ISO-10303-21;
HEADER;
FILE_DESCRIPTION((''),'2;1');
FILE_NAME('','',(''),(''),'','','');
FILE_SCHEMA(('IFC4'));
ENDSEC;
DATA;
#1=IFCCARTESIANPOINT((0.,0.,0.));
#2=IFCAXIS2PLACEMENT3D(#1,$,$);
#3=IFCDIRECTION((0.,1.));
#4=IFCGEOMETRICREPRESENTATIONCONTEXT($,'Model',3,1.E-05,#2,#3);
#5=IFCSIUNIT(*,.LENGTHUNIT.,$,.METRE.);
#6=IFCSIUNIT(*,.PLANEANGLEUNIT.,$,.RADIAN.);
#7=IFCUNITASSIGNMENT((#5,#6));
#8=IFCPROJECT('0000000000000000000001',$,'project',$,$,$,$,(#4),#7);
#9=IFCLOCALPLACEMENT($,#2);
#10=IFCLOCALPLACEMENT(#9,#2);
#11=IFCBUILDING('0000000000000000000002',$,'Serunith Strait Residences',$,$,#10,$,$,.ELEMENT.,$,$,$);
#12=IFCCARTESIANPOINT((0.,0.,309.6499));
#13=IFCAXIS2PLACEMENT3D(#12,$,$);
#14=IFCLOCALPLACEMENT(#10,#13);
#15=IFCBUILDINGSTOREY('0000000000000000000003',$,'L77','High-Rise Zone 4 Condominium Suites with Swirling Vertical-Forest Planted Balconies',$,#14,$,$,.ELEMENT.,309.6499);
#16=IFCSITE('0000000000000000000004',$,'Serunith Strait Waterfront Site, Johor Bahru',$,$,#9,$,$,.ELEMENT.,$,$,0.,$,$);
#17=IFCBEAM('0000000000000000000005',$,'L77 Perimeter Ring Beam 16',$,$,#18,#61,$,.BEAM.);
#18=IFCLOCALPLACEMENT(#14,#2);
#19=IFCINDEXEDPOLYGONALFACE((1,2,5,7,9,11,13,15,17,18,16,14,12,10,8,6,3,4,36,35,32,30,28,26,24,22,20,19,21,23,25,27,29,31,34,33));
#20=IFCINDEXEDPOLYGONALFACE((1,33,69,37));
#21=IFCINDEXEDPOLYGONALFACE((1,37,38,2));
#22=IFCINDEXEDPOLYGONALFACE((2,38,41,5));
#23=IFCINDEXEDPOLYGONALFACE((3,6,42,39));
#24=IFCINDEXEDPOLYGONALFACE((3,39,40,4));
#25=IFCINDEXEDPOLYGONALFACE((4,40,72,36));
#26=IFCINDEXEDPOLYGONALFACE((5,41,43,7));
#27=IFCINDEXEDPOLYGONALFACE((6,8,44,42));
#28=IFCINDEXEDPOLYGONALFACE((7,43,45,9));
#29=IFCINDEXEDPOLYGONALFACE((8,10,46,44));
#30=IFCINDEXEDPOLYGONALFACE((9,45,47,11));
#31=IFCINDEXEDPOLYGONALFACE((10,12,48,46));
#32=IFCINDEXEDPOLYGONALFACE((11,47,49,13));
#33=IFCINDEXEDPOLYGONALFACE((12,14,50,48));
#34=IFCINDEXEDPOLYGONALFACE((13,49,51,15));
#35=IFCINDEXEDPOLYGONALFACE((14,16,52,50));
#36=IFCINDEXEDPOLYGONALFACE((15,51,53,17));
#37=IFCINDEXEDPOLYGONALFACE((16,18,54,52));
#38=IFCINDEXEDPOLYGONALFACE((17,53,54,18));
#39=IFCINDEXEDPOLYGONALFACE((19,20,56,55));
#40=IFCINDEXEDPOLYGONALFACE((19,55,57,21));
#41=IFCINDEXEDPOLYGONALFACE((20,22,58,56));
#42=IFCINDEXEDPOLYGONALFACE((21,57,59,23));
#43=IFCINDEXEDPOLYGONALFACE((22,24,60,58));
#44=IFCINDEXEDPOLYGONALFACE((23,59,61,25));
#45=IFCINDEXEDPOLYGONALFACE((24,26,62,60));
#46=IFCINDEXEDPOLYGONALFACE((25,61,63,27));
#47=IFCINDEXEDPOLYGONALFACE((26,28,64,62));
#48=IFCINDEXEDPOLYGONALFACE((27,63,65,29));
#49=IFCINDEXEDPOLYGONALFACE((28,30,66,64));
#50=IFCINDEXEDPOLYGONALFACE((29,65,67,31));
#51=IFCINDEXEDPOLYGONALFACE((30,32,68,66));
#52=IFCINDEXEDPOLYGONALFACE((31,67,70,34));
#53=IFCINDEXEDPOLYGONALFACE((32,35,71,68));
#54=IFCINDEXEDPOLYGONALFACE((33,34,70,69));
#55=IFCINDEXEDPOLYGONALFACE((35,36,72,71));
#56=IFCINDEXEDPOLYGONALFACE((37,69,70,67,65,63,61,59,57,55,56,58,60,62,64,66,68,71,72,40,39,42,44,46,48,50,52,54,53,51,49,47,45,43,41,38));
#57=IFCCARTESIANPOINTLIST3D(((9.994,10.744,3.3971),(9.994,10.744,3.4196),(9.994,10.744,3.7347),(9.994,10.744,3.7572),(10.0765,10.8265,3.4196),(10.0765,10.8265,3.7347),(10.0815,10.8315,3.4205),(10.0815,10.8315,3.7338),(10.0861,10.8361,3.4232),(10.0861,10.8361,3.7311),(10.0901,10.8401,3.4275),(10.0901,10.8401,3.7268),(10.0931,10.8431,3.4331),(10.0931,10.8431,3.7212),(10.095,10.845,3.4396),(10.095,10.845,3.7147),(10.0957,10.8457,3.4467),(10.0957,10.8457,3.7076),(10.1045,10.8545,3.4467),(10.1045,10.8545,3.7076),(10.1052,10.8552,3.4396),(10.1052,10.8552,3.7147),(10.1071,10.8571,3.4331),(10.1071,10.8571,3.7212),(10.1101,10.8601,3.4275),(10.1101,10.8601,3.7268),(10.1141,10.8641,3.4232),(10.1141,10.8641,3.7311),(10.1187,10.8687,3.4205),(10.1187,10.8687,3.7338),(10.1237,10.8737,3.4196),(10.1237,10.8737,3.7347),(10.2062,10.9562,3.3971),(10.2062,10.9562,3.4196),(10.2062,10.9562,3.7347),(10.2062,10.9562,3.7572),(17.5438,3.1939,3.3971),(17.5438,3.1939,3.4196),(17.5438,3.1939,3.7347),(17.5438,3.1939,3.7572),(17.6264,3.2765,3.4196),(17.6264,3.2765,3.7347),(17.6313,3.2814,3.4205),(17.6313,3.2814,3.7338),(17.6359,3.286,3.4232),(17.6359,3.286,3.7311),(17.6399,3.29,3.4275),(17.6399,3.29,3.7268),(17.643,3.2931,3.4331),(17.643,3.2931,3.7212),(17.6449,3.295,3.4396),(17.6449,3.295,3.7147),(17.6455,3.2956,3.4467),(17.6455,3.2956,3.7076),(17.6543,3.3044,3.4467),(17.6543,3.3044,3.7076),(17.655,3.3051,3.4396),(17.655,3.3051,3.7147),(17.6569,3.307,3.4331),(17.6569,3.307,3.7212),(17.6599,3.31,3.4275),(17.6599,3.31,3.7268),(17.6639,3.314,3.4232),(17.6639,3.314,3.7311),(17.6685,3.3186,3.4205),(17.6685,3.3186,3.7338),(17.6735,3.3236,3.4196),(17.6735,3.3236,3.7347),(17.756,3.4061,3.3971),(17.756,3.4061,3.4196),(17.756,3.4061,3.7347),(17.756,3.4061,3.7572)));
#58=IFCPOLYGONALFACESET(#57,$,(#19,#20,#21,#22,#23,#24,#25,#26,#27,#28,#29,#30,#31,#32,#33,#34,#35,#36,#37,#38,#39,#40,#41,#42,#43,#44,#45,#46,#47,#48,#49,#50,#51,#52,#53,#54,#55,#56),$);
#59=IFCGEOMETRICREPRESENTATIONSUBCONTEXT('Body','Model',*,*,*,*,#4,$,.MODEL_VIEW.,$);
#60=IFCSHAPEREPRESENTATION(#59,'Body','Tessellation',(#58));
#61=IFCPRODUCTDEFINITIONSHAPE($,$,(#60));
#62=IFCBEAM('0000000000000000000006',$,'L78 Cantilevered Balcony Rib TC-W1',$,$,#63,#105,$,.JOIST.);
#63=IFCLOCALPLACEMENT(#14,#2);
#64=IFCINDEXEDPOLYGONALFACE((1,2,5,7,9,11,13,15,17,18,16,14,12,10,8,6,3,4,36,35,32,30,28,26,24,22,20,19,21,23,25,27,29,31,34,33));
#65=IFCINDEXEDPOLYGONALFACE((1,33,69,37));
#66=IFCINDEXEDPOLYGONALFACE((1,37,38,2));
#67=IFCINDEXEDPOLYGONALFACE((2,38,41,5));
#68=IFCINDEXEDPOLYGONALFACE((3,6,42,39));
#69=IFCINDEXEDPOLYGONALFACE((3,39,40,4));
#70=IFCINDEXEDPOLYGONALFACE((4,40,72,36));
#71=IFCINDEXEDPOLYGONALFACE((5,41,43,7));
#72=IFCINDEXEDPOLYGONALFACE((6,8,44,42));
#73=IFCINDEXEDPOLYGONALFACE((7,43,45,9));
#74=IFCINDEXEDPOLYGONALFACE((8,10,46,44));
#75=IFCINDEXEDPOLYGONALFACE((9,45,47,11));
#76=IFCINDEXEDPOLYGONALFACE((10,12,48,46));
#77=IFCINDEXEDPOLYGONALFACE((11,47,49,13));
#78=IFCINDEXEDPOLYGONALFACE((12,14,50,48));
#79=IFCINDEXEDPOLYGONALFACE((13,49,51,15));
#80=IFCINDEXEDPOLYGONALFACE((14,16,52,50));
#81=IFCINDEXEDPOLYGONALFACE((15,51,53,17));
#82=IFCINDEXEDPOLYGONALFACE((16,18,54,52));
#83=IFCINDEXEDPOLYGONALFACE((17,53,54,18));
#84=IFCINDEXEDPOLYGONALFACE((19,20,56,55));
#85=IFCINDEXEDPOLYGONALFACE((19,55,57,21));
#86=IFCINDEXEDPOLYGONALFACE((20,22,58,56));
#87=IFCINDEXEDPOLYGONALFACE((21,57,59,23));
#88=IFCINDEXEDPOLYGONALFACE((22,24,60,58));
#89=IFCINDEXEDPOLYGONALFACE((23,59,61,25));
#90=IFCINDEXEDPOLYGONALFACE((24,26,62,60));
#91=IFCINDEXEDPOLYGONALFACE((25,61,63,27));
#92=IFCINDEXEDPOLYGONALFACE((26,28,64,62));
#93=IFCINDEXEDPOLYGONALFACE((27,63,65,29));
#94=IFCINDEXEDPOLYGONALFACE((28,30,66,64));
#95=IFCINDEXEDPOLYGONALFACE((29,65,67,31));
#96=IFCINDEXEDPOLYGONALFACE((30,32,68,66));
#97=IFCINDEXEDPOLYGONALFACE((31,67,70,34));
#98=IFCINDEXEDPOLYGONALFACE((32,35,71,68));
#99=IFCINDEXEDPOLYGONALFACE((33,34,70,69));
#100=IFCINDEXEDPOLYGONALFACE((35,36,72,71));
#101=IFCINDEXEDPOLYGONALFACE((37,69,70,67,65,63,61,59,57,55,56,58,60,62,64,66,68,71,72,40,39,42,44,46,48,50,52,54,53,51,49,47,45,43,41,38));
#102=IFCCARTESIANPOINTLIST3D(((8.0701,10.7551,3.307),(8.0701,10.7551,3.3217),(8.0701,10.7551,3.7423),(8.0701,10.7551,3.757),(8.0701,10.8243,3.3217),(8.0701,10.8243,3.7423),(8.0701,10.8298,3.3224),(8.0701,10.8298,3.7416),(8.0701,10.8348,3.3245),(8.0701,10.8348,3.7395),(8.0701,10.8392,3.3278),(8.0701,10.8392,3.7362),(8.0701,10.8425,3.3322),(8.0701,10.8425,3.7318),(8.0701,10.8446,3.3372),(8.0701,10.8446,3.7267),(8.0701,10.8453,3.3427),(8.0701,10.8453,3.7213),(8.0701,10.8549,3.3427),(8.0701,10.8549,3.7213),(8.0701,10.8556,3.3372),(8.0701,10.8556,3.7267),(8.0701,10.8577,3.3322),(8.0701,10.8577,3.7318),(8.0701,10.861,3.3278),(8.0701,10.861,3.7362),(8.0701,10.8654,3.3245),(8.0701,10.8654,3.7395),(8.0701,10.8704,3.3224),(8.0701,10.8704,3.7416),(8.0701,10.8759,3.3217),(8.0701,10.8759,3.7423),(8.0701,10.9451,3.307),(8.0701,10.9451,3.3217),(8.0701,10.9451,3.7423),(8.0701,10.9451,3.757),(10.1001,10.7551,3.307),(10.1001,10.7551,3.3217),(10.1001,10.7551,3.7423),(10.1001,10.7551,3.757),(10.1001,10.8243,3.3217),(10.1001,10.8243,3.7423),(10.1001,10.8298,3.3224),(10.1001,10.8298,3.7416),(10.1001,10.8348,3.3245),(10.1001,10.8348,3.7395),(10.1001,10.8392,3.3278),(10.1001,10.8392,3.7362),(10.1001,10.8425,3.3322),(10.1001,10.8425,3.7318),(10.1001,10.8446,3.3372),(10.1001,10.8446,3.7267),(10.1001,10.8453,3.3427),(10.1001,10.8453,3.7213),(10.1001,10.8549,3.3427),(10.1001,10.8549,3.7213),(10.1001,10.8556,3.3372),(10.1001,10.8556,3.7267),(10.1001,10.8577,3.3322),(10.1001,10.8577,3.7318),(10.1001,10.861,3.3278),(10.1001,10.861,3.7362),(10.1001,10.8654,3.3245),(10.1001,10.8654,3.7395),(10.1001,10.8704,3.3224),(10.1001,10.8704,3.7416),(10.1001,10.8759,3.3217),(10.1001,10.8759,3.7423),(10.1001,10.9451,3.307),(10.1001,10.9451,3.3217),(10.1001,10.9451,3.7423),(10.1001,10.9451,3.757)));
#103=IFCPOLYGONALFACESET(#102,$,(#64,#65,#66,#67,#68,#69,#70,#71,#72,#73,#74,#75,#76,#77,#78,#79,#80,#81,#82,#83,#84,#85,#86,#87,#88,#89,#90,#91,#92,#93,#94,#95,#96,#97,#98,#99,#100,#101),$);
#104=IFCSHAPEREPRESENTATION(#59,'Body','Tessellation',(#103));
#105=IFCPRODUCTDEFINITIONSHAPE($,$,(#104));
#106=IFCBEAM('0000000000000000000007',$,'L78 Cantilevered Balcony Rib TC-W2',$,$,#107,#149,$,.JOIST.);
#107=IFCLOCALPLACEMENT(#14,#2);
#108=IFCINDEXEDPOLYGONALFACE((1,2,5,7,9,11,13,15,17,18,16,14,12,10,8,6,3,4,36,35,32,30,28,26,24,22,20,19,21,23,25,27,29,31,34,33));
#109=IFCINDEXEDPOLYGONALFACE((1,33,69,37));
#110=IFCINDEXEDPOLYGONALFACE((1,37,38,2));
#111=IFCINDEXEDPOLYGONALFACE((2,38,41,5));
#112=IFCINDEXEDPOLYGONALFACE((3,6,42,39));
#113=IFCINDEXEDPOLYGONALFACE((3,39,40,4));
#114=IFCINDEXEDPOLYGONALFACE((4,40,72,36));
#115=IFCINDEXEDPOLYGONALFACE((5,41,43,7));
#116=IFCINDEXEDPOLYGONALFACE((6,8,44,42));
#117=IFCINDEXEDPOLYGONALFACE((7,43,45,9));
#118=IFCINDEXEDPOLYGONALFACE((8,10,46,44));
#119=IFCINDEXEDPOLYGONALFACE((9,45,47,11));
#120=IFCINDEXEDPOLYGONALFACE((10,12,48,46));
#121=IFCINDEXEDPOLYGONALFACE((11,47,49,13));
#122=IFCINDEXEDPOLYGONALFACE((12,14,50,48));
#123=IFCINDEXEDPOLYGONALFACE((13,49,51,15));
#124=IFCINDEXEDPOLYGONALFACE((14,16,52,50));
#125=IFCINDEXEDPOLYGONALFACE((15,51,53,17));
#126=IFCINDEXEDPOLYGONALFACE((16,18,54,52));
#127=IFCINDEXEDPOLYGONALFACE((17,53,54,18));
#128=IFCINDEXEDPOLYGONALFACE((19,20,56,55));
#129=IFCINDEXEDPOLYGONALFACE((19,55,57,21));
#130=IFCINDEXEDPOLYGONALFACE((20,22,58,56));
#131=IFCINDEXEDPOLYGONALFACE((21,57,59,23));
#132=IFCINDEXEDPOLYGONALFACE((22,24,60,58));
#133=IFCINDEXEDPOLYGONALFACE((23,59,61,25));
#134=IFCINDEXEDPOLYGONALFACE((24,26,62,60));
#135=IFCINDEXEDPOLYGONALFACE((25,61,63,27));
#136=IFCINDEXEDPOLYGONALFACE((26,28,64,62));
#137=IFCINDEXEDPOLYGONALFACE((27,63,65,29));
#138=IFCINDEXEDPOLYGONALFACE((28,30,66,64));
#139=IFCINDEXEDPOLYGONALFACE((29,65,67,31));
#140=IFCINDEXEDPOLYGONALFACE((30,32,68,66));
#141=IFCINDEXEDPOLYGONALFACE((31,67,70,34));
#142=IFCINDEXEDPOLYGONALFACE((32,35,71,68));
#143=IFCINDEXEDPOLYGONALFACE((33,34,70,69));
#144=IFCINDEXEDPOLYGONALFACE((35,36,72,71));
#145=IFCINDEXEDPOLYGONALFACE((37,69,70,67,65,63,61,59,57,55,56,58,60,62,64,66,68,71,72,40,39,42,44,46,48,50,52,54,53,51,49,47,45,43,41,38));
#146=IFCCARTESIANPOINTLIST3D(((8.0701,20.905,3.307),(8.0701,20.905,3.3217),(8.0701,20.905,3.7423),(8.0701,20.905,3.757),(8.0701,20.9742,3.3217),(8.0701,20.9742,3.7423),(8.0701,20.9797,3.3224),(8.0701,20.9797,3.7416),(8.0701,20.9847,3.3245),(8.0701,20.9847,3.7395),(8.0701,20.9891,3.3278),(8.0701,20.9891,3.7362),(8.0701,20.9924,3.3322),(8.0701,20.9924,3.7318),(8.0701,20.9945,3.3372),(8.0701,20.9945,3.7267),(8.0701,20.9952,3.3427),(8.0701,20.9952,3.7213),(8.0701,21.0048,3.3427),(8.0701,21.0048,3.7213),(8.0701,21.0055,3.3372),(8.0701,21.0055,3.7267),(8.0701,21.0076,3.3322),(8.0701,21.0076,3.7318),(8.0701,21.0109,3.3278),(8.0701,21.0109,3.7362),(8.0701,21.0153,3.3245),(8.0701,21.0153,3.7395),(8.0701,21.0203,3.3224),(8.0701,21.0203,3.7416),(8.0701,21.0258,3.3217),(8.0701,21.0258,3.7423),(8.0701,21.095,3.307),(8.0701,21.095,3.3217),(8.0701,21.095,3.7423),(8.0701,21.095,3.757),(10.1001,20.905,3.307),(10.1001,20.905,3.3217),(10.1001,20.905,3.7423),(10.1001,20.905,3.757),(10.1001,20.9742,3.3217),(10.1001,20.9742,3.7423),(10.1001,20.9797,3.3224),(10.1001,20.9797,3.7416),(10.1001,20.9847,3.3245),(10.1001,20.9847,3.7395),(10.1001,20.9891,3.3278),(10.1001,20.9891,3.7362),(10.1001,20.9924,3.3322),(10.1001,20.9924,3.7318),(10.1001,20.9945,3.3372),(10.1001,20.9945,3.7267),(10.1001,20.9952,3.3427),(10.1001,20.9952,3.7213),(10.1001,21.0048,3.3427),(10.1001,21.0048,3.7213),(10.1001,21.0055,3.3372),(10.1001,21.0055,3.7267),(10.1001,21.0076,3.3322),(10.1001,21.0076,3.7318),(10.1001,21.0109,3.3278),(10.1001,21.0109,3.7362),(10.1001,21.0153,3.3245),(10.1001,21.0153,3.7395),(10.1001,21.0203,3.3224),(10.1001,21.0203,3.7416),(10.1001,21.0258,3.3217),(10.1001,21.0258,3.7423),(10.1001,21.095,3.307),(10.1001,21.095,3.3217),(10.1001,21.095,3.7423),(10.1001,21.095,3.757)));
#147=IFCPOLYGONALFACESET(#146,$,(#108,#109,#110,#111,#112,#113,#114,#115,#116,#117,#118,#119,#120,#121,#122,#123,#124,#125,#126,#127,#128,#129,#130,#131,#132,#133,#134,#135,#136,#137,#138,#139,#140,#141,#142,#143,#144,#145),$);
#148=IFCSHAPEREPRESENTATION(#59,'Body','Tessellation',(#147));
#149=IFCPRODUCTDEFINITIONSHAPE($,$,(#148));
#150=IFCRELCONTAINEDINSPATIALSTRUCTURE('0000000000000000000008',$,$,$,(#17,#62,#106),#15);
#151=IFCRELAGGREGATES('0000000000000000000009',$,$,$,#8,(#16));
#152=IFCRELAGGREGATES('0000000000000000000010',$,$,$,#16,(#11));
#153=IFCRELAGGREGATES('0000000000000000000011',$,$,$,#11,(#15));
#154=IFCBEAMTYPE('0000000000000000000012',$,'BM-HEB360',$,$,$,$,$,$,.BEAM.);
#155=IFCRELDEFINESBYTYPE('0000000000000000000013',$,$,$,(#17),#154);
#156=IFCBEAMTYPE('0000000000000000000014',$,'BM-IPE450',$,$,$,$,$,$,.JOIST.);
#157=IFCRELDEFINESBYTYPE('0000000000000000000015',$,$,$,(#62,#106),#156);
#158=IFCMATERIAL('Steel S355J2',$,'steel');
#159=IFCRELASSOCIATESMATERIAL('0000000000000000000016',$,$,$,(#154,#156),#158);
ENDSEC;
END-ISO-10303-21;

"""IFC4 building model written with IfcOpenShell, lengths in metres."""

from ifc_helpers import new_model, si_unit, direction, frame, origin, origin_2d, place, context, subcontext, project, spatial, i_section, extrude, source, transform, mapped, material, material_profile, profile_set, type_object, element, save


model = new_model("IFC4")

# Units and contexts
model_context = context("Model", 3, precision=1e-05, world=origin(), true_north=direction((0.0, 1.0)))
body_context = subcontext(model_context, "Body", "Model", "MODEL_VIEW")
ifc_project = project(units=[si_unit("LENGTHUNIT", "METRE"), si_unit("PLANEANGLEUNIT", "RADIAN")], contexts=[model_context])

# Site, building, storey
site_placement = place(None, origin())
site = spatial("IfcSite", under=ifc_project, at=site_placement, Name="Serunith Strait Waterfront Site, Johor Bahru", CompositionType="ELEMENT", RefElevation=0.0)
building_placement = place(site_placement, origin())
building = spatial("IfcBuilding", under=site, at=building_placement, Name="Serunith Strait Residences", CompositionType="ELEMENT")
storey_placement = place(building_placement, frame((0.0, 0.0, 309.6499)))
storey = spatial("IfcBuildingStorey", under=building, at=storey_placement, Name="L77", Description="High-Rise Zone 4 Condominium Suites with Swirling Vertical-Forest Planted Balconies", CompositionType="ELEMENT", Elevation=309.6499)

# Beams
ifc_material_1 = material(Name="Steel S355J2", Category="steel")
ifc_material_profile_1 = material_profile(ifc_material_1, i_section(OverallWidth=0.3, OverallDepth=0.3601, WebThickness=0.0125, FlangeThickness=0.0225, FilletRadius=0.0271, at=origin_2d()), Name="HEB 360")
ifc_profile_set_1 = profile_set([ifc_material_profile_1], Name="Steel S355J2")
beam_type_1 = type_object("IfcBeamType", Name="BM-HEB360", PredefinedType="BEAM", material=ifc_profile_set_1)
shared_shape_1 = source(origin(), body_context, "Body", "SweptSolid", [
    extrude(i_section(OverallWidth=0.3, OverallDepth=0.3601, WebThickness=0.0125, FlangeThickness=0.0225, FilletRadius=0.0271, at=origin_2d()), origin(), (0.0, 0.0, 1.0), 10.6772),
])
beam_1_placement = place(storey_placement, frame((10.1001, 10.8501, 3.5771), z_axis=(0.707095, -0.707118, 0.0), x_axis=(0.707118, 0.707095, 0.0)))
element("IfcBeam", 1, at=beam_1_placement, inside=storey, type_object=beam_type_1, Name="L77 Perimeter Ring Beam 16", PredefinedType="BEAM", context=body_context, shape_type="MappedRepresentation", body=[
    mapped(shared_shape_1, transform((0.0, 0.0, 0.0), scale=1.0)),
])
ifc_material_profile_2 = material_profile(ifc_material_1, i_section(OverallWidth=0.1899, OverallDepth=0.45, WebThickness=0.0095, FlangeThickness=0.0146, FilletRadius=0.021, at=origin_2d()), Name="IPE 450")
ifc_profile_set_2 = profile_set([ifc_material_profile_2], Name="Steel S355J2")
beam_type_2 = type_object("IfcBeamType", Name="BM-IPE450", PredefinedType="JOIST", material=ifc_profile_set_2)
shared_shape_2 = source(origin(), body_context, "Body", "SweptSolid", [
    extrude(i_section(OverallWidth=0.1899, OverallDepth=0.45, WebThickness=0.0095, FlangeThickness=0.0146, FilletRadius=0.021, at=origin_2d()), origin(), (0.0, 0.0, 1.0), 2.03),
])
for number, where, z_axis, x_axis, name in (
    (2, (10.1001, 10.8501, 3.532), (-1.0, 0.0, 0.0), (0.0, -1.0, 0.0), "L78 Cantilevered Balcony Rib TC-W1"),
    (3, (10.1001, 21.0, 3.532), (-1.0, 0.0, 0.0), (0.0, -1.0, 0.0), "L78 Cantilevered Balcony Rib TC-W2"),
):
    element("IfcBeam", number, at=place(storey_placement, frame(where, z_axis=z_axis, x_axis=x_axis)), inside=storey, type_object=beam_type_2, Name=name, PredefinedType="JOIST", context=body_context, shape_type="MappedRepresentation", body=[
        mapped(shared_shape_2, transform((0.0, 0.0, 0.0), scale=1.0)),
    ])

save(model, "model.ifc")
